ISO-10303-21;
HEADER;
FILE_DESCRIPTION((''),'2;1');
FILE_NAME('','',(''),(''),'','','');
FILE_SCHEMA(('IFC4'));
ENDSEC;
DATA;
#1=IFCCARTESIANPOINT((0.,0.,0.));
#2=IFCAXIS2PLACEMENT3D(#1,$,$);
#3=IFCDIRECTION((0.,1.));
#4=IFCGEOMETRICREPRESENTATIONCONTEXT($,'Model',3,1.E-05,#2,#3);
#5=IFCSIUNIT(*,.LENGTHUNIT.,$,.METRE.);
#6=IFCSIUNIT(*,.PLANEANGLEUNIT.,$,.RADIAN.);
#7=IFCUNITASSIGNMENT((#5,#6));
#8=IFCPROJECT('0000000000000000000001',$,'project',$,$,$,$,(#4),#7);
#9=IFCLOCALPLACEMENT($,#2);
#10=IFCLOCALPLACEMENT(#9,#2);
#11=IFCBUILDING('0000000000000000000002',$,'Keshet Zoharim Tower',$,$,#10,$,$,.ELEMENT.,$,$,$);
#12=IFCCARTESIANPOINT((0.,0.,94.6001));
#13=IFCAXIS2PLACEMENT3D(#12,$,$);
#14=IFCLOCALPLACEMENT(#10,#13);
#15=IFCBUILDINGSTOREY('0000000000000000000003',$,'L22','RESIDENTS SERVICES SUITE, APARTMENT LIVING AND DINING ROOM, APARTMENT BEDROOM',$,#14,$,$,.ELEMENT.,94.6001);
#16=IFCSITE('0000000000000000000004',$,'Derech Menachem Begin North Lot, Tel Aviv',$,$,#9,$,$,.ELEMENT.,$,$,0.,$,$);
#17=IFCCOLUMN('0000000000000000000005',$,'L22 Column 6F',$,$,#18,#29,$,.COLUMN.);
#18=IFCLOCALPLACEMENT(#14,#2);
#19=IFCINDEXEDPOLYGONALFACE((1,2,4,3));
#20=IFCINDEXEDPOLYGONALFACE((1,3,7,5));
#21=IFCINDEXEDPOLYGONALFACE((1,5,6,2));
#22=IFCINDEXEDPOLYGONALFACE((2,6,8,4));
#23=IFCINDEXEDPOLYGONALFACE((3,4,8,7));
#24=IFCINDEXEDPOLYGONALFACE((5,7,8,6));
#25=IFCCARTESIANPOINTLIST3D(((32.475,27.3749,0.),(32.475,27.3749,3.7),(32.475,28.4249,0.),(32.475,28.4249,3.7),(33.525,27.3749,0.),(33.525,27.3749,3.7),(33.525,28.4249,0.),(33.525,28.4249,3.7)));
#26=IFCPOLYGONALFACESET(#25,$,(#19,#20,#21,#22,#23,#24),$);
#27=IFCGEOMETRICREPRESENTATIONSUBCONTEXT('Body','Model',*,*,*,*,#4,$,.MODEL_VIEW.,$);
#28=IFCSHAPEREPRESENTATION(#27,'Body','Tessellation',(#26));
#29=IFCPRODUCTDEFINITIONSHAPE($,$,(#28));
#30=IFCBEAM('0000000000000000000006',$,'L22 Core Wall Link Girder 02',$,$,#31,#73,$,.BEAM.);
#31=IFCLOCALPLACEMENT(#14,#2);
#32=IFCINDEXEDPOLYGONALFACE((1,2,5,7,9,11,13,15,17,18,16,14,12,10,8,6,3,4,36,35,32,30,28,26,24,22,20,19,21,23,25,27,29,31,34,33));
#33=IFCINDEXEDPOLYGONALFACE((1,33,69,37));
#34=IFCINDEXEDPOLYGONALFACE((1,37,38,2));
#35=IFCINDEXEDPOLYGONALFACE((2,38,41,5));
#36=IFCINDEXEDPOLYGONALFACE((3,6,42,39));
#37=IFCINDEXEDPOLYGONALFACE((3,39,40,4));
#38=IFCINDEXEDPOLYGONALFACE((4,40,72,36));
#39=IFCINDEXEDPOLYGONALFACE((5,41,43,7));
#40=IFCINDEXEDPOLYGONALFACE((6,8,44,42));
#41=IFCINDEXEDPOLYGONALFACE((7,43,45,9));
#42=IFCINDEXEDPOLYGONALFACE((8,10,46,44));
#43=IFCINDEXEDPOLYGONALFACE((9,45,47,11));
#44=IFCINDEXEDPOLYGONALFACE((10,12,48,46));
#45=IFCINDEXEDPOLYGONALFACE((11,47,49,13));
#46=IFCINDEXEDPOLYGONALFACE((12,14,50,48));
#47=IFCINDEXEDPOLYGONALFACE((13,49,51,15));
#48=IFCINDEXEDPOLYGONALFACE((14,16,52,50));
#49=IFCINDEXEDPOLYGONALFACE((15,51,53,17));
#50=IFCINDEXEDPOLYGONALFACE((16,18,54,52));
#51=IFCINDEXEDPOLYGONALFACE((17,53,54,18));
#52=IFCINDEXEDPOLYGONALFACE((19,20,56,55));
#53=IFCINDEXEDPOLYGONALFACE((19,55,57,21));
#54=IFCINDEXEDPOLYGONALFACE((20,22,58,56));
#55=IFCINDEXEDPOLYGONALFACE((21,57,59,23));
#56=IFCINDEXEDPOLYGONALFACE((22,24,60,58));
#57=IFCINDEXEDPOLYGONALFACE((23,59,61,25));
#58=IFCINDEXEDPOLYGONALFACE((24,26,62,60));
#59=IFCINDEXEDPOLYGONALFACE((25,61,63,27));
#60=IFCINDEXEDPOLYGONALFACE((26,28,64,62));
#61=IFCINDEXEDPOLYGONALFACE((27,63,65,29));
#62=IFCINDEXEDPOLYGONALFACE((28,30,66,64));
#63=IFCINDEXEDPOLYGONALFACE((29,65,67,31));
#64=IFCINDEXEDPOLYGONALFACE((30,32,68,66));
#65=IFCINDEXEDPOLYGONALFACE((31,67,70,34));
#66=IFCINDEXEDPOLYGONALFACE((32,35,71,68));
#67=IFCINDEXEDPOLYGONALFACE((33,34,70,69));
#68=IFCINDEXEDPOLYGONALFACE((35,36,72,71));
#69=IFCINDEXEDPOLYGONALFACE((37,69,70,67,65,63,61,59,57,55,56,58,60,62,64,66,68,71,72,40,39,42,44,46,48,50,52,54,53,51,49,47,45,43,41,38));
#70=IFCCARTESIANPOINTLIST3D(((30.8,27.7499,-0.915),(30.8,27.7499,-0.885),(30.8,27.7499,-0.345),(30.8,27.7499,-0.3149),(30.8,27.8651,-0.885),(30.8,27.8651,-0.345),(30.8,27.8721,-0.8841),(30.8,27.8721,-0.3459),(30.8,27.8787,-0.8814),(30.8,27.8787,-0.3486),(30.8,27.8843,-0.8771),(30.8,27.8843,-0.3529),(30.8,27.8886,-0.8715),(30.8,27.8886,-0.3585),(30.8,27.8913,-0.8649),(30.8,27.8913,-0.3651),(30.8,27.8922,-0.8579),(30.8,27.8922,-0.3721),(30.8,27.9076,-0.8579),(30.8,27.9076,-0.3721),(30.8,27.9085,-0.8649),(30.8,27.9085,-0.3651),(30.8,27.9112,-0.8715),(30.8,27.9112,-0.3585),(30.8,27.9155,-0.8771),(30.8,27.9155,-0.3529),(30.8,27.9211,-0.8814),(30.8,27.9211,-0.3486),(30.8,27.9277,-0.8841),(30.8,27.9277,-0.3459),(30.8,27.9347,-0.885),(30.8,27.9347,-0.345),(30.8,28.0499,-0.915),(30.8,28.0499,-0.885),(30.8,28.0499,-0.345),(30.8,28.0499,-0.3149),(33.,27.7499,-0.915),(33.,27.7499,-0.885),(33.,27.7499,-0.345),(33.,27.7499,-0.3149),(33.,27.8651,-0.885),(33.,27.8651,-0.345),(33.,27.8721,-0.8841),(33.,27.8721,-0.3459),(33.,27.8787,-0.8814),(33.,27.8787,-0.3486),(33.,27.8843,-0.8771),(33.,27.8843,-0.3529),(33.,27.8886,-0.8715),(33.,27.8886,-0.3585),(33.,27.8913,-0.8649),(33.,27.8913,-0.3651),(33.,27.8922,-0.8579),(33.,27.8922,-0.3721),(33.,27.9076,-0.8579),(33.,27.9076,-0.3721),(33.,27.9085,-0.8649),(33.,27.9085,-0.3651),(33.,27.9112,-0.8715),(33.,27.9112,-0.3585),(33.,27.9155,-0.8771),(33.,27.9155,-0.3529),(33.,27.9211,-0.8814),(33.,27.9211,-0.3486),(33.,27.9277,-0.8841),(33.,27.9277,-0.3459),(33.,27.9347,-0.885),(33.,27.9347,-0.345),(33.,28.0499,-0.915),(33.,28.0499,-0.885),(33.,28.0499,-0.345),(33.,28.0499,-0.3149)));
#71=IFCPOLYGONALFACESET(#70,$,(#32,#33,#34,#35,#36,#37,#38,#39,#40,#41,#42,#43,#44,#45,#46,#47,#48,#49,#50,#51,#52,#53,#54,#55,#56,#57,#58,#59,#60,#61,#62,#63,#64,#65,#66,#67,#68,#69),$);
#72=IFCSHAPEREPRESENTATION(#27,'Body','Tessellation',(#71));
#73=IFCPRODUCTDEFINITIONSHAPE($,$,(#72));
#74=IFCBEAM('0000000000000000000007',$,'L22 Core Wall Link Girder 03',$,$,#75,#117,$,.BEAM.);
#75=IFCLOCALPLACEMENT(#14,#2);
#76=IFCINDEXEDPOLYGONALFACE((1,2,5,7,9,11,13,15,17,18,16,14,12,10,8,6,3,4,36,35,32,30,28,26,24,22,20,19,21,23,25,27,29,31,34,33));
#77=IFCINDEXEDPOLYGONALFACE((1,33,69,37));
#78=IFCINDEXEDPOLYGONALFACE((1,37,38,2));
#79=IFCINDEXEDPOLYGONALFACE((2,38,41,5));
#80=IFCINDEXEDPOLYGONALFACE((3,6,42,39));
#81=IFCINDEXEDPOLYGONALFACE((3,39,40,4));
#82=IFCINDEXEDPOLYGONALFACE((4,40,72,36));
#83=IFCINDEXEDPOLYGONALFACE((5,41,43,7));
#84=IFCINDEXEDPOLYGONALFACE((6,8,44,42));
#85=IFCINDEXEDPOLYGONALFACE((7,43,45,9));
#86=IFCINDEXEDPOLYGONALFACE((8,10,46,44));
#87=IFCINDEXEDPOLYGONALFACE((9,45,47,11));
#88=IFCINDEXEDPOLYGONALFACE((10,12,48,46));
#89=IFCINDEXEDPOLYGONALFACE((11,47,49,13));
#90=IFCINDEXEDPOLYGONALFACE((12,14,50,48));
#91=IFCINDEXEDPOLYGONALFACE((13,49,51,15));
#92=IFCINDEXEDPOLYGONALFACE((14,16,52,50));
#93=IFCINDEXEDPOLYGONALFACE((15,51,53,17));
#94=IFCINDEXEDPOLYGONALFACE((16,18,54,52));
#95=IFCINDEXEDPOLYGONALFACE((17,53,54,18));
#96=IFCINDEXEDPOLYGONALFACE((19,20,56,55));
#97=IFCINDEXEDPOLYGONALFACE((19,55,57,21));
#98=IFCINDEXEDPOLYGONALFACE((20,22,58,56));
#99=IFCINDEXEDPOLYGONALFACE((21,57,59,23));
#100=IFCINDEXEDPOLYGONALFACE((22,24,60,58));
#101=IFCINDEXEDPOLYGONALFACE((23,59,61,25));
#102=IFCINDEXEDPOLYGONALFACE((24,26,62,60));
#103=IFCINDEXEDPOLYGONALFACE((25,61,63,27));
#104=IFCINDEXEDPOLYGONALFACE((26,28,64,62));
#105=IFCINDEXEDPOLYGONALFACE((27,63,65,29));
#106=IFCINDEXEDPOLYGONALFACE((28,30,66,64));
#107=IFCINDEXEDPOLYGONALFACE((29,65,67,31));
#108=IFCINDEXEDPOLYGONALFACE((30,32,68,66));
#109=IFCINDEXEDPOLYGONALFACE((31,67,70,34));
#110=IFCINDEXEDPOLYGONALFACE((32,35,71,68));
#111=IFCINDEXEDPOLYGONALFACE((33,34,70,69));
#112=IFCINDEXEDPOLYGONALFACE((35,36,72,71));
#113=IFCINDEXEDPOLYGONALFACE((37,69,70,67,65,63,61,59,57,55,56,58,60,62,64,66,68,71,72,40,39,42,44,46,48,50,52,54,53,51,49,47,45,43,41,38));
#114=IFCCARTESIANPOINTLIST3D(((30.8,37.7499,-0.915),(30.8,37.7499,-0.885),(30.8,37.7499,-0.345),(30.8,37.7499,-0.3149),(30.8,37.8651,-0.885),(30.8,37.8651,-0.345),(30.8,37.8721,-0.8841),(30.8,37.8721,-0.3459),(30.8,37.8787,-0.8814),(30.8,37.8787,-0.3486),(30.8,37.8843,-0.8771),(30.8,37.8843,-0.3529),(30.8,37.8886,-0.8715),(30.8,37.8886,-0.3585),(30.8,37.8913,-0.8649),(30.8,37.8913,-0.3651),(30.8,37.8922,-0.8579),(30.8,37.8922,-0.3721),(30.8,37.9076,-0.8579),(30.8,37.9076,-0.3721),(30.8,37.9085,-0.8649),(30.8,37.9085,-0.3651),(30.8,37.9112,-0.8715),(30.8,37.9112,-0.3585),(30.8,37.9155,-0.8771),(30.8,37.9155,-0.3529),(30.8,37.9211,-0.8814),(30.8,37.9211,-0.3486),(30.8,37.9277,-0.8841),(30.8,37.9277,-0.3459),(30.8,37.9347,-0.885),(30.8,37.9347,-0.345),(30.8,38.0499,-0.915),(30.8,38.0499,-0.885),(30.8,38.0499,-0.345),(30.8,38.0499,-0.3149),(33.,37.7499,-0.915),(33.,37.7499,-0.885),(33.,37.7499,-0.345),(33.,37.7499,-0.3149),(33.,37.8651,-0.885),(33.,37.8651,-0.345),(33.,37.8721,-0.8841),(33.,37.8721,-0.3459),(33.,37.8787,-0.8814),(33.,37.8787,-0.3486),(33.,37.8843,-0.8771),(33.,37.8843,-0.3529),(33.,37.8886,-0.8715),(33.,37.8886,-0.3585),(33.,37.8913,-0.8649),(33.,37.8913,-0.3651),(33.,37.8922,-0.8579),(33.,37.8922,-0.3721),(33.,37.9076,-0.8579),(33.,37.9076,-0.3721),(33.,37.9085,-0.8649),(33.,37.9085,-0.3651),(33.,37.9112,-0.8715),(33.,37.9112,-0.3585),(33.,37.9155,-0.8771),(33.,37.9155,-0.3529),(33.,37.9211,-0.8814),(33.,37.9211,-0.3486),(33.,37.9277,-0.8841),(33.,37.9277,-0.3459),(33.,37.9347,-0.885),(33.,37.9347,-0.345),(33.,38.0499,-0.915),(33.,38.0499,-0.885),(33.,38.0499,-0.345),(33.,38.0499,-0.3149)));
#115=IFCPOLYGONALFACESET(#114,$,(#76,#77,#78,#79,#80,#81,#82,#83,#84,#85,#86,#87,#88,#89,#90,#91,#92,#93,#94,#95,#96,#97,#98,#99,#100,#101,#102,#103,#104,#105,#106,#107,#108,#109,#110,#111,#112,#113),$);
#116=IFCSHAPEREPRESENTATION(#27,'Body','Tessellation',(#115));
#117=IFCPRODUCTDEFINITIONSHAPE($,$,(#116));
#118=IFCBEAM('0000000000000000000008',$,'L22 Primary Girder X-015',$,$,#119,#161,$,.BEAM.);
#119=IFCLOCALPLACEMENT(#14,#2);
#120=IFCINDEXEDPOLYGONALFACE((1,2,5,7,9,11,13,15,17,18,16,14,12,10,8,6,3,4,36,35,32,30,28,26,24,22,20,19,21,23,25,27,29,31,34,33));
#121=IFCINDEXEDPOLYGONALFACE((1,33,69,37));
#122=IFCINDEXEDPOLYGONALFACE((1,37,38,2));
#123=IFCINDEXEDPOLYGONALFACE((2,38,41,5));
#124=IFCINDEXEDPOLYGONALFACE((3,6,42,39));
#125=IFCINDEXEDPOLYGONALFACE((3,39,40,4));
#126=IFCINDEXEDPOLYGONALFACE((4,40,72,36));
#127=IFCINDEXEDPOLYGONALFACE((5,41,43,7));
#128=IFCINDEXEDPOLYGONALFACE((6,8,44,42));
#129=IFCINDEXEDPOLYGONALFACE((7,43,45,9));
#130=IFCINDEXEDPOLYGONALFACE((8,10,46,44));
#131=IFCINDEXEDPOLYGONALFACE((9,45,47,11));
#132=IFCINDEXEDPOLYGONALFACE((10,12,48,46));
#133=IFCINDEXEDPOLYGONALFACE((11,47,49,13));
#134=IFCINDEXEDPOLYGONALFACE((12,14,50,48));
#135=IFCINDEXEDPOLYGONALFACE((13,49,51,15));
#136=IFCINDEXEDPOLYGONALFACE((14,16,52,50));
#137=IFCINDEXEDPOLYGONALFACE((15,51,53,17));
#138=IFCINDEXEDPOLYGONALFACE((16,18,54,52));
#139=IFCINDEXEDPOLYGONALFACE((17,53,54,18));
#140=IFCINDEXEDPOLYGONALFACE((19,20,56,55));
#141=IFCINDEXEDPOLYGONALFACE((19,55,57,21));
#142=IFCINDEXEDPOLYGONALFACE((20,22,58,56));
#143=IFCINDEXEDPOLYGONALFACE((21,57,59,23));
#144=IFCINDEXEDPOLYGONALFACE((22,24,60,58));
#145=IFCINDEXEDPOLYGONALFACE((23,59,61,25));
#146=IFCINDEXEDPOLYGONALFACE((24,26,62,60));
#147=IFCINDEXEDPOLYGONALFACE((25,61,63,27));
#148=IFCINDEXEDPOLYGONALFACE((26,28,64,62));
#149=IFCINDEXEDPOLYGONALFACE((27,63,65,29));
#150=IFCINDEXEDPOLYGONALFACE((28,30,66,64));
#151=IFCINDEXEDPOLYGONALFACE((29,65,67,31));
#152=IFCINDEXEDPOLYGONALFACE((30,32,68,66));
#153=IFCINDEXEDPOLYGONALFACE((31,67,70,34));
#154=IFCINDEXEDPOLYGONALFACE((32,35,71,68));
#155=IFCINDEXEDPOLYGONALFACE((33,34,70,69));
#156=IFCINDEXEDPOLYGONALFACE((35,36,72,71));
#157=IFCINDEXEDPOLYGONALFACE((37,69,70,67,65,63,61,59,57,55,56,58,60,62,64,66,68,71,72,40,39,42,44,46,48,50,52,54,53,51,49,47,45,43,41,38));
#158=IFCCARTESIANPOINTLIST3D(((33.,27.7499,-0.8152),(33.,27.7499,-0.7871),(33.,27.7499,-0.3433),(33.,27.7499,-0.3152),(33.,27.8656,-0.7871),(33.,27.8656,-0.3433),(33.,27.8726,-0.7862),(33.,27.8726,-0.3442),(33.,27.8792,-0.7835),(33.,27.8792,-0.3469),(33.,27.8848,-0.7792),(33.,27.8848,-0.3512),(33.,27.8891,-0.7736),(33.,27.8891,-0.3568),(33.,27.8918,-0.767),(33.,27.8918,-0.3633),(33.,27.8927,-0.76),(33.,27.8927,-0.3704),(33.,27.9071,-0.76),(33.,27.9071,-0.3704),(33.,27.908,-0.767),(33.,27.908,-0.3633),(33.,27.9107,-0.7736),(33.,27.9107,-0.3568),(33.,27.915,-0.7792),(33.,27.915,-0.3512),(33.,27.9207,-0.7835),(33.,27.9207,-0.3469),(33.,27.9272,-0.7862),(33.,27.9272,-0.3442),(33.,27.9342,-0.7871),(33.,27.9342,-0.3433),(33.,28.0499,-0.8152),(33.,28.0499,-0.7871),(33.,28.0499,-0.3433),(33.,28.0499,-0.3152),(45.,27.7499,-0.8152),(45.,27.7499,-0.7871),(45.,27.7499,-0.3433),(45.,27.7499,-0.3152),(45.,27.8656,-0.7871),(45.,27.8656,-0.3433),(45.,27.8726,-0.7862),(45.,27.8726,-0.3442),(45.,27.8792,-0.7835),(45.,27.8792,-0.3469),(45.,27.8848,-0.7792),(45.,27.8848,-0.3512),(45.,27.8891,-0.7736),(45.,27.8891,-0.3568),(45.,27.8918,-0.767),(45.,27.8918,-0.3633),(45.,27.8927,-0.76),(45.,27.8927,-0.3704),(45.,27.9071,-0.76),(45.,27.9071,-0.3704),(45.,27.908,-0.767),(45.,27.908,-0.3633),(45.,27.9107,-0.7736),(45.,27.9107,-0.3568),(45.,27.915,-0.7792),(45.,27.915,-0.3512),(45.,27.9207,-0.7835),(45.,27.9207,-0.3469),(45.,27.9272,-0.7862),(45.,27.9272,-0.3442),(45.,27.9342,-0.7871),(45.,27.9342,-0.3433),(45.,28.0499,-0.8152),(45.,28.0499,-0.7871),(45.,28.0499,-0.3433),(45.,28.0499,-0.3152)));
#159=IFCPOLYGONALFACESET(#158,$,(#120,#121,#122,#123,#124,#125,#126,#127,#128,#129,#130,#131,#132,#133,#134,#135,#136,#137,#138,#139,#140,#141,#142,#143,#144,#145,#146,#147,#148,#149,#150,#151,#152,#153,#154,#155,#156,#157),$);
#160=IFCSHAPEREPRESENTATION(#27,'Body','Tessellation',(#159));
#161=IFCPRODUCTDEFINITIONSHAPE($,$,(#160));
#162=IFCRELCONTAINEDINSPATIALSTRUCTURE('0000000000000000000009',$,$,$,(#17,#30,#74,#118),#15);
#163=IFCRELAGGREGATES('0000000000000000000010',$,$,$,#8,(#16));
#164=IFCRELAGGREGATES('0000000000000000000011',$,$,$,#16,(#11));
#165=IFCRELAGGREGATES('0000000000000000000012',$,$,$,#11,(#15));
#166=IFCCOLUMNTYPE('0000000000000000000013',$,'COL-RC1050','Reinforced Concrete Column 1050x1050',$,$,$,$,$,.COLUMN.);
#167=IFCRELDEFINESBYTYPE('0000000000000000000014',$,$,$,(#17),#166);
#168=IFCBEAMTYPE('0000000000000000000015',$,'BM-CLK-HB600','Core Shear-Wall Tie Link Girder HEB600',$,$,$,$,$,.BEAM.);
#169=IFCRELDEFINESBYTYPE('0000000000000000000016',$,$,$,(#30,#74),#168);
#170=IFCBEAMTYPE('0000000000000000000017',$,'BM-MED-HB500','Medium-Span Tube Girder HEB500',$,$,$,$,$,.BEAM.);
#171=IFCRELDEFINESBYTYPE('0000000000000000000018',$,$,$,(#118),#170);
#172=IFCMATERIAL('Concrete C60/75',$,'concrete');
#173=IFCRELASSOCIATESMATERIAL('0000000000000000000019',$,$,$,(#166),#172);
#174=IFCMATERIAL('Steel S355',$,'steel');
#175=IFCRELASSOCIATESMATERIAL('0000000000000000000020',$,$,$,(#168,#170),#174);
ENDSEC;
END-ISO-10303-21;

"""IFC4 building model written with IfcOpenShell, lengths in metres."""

from ifc_helpers import new_model, si_unit, direction, frame, origin, origin_2d, place, context, subcontext, project, spatial, rectangle, i_section, extrude, material, material_profile, profile_set, type_object, element, save


model = new_model("IFC4")

# Units and contexts
model_context = context("Model", 3, precision=1e-05, world=origin(), true_north=direction((0.0, 1.0)))
body_context = subcontext(model_context, "Body", "Model", "MODEL_VIEW")
ifc_project = project(units=[si_unit("LENGTHUNIT", "METRE"), si_unit("PLANEANGLEUNIT", "RADIAN")], contexts=[model_context])

# Site, building, storey
site_placement = place(None, origin())
site = spatial("IfcSite", under=ifc_project, at=site_placement, Name="Derech Menachem Begin North Lot, Tel Aviv", CompositionType="ELEMENT", RefElevation=0.0)
building_placement = place(site_placement, origin())
building = spatial("IfcBuilding", under=site, at=building_placement, Name="Keshet Zoharim Tower", CompositionType="ELEMENT")
storey_placement = place(building_placement, frame((0.0, 0.0, 94.6001)))
storey = spatial("IfcBuildingStorey", under=building, at=storey_placement, Name="L22", Description="RESIDENTS SERVICES SUITE, APARTMENT LIVING AND DINING ROOM, APARTMENT BEDROOM", CompositionType="ELEMENT", Elevation=94.6001)

# Column
ifc_material_1 = material(Name="Concrete C60/75", Category="concrete")
ifc_material_profile_1 = material_profile(ifc_material_1, rectangle(XDim=1.05, YDim=1.05, at=origin_2d()), Name="RC1050x1050")
ifc_profile_set_1 = profile_set([ifc_material_profile_1], Name="Concrete C60/75")
column_type = type_object("IfcColumnType", Name="COL-RC1050", Description="Reinforced Concrete Column 1050x1050", PredefinedType="COLUMN", material=ifc_profile_set_1)
column_placement = place(storey_placement, frame((33.0, 27.8999, 0.0), z_axis=(0.0, 0.0, 1.0), x_axis=(1.0, 0.0, 0.0)))
element("IfcColumn", 1, at=column_placement, inside=storey, type_object=column_type, Name="L22 Column 6F", PredefinedType="COLUMN", context=body_context, shape_type="SweptSolid", body=[
    extrude(rectangle(XDim=1.05, YDim=1.05, at=origin_2d()), origin(), (0.0, 0.0, 1.0), 3.7),
])

# Beams
ifc_material_2 = material(Name="Steel S355", Category="steel")
ifc_material_profile_2 = material_profile(ifc_material_2, i_section(OverallWidth=0.3, OverallDepth=0.6001, WebThickness=0.0154, FlangeThickness=0.03, FilletRadius=0.0271, at=origin_2d()), Name="HEB600")
ifc_profile_set_2 = profile_set([ifc_material_profile_2], Name="Steel S355")
beam_type_1 = type_object("IfcBeamType", Name="BM-CLK-HB600", Description="Core Shear-Wall Tie Link Girder HEB600", PredefinedType="BEAM", material=ifc_profile_set_2)
for number, where, z_axis, x_axis, name in (
    (2, (30.8, 27.8999, -0.615), (1.0, 0.0, 0.0), (0.0, 1.0, 0.0), "L22 Core Wall Link Girder 02"),
    (3, (30.8, 37.8999, -0.615), (1.0, 0.0, 0.0), (0.0, 1.0, 0.0), "L22 Core Wall Link Girder 03"),
):
    element("IfcBeam", number, at=place(storey_placement, frame(where, z_axis=z_axis, x_axis=x_axis)), inside=storey, type_object=beam_type_1, Name=name, PredefinedType="BEAM", context=body_context, shape_type="SweptSolid", body=[
        extrude(i_section(OverallWidth=0.3, OverallDepth=0.6001, WebThickness=0.0154, FlangeThickness=0.03, FilletRadius=0.0271, at=origin_2d()), origin(), (0.0, 0.0, 1.0), 2.2),
    ])
ifc_material_profile_3 = material_profile(ifc_material_2, i_section(OverallWidth=0.3, OverallDepth=0.5, WebThickness=0.0144, FlangeThickness=0.0281, FilletRadius=0.0271, at=origin_2d()), Name="HEB500")
ifc_profile_set_3 = profile_set([ifc_material_profile_3], Name="Steel S355")
beam_type_2 = type_object("IfcBeamType", Name="BM-MED-HB500", Description="Medium-Span Tube Girder HEB500", PredefinedType="BEAM", material=ifc_profile_set_3)
beam_1_placement = place(storey_placement, frame((33.0, 27.8999, -0.5652), z_axis=(1.0, 0.0, 0.0), x_axis=(0.0, 1.0, 0.0)))
element("IfcBeam", 4, at=beam_1_placement, inside=storey, type_object=beam_type_2, Name="L22 Primary Girder X-015", PredefinedType="BEAM", context=body_context, shape_type="SweptSolid", body=[
    extrude(i_section(OverallWidth=0.3, OverallDepth=0.5, WebThickness=0.0144, FlangeThickness=0.0281, FilletRadius=0.0271, at=origin_2d()), origin(), (0.0, 0.0, 1.0), 12.0),
])

save(model, "model.ifc")
